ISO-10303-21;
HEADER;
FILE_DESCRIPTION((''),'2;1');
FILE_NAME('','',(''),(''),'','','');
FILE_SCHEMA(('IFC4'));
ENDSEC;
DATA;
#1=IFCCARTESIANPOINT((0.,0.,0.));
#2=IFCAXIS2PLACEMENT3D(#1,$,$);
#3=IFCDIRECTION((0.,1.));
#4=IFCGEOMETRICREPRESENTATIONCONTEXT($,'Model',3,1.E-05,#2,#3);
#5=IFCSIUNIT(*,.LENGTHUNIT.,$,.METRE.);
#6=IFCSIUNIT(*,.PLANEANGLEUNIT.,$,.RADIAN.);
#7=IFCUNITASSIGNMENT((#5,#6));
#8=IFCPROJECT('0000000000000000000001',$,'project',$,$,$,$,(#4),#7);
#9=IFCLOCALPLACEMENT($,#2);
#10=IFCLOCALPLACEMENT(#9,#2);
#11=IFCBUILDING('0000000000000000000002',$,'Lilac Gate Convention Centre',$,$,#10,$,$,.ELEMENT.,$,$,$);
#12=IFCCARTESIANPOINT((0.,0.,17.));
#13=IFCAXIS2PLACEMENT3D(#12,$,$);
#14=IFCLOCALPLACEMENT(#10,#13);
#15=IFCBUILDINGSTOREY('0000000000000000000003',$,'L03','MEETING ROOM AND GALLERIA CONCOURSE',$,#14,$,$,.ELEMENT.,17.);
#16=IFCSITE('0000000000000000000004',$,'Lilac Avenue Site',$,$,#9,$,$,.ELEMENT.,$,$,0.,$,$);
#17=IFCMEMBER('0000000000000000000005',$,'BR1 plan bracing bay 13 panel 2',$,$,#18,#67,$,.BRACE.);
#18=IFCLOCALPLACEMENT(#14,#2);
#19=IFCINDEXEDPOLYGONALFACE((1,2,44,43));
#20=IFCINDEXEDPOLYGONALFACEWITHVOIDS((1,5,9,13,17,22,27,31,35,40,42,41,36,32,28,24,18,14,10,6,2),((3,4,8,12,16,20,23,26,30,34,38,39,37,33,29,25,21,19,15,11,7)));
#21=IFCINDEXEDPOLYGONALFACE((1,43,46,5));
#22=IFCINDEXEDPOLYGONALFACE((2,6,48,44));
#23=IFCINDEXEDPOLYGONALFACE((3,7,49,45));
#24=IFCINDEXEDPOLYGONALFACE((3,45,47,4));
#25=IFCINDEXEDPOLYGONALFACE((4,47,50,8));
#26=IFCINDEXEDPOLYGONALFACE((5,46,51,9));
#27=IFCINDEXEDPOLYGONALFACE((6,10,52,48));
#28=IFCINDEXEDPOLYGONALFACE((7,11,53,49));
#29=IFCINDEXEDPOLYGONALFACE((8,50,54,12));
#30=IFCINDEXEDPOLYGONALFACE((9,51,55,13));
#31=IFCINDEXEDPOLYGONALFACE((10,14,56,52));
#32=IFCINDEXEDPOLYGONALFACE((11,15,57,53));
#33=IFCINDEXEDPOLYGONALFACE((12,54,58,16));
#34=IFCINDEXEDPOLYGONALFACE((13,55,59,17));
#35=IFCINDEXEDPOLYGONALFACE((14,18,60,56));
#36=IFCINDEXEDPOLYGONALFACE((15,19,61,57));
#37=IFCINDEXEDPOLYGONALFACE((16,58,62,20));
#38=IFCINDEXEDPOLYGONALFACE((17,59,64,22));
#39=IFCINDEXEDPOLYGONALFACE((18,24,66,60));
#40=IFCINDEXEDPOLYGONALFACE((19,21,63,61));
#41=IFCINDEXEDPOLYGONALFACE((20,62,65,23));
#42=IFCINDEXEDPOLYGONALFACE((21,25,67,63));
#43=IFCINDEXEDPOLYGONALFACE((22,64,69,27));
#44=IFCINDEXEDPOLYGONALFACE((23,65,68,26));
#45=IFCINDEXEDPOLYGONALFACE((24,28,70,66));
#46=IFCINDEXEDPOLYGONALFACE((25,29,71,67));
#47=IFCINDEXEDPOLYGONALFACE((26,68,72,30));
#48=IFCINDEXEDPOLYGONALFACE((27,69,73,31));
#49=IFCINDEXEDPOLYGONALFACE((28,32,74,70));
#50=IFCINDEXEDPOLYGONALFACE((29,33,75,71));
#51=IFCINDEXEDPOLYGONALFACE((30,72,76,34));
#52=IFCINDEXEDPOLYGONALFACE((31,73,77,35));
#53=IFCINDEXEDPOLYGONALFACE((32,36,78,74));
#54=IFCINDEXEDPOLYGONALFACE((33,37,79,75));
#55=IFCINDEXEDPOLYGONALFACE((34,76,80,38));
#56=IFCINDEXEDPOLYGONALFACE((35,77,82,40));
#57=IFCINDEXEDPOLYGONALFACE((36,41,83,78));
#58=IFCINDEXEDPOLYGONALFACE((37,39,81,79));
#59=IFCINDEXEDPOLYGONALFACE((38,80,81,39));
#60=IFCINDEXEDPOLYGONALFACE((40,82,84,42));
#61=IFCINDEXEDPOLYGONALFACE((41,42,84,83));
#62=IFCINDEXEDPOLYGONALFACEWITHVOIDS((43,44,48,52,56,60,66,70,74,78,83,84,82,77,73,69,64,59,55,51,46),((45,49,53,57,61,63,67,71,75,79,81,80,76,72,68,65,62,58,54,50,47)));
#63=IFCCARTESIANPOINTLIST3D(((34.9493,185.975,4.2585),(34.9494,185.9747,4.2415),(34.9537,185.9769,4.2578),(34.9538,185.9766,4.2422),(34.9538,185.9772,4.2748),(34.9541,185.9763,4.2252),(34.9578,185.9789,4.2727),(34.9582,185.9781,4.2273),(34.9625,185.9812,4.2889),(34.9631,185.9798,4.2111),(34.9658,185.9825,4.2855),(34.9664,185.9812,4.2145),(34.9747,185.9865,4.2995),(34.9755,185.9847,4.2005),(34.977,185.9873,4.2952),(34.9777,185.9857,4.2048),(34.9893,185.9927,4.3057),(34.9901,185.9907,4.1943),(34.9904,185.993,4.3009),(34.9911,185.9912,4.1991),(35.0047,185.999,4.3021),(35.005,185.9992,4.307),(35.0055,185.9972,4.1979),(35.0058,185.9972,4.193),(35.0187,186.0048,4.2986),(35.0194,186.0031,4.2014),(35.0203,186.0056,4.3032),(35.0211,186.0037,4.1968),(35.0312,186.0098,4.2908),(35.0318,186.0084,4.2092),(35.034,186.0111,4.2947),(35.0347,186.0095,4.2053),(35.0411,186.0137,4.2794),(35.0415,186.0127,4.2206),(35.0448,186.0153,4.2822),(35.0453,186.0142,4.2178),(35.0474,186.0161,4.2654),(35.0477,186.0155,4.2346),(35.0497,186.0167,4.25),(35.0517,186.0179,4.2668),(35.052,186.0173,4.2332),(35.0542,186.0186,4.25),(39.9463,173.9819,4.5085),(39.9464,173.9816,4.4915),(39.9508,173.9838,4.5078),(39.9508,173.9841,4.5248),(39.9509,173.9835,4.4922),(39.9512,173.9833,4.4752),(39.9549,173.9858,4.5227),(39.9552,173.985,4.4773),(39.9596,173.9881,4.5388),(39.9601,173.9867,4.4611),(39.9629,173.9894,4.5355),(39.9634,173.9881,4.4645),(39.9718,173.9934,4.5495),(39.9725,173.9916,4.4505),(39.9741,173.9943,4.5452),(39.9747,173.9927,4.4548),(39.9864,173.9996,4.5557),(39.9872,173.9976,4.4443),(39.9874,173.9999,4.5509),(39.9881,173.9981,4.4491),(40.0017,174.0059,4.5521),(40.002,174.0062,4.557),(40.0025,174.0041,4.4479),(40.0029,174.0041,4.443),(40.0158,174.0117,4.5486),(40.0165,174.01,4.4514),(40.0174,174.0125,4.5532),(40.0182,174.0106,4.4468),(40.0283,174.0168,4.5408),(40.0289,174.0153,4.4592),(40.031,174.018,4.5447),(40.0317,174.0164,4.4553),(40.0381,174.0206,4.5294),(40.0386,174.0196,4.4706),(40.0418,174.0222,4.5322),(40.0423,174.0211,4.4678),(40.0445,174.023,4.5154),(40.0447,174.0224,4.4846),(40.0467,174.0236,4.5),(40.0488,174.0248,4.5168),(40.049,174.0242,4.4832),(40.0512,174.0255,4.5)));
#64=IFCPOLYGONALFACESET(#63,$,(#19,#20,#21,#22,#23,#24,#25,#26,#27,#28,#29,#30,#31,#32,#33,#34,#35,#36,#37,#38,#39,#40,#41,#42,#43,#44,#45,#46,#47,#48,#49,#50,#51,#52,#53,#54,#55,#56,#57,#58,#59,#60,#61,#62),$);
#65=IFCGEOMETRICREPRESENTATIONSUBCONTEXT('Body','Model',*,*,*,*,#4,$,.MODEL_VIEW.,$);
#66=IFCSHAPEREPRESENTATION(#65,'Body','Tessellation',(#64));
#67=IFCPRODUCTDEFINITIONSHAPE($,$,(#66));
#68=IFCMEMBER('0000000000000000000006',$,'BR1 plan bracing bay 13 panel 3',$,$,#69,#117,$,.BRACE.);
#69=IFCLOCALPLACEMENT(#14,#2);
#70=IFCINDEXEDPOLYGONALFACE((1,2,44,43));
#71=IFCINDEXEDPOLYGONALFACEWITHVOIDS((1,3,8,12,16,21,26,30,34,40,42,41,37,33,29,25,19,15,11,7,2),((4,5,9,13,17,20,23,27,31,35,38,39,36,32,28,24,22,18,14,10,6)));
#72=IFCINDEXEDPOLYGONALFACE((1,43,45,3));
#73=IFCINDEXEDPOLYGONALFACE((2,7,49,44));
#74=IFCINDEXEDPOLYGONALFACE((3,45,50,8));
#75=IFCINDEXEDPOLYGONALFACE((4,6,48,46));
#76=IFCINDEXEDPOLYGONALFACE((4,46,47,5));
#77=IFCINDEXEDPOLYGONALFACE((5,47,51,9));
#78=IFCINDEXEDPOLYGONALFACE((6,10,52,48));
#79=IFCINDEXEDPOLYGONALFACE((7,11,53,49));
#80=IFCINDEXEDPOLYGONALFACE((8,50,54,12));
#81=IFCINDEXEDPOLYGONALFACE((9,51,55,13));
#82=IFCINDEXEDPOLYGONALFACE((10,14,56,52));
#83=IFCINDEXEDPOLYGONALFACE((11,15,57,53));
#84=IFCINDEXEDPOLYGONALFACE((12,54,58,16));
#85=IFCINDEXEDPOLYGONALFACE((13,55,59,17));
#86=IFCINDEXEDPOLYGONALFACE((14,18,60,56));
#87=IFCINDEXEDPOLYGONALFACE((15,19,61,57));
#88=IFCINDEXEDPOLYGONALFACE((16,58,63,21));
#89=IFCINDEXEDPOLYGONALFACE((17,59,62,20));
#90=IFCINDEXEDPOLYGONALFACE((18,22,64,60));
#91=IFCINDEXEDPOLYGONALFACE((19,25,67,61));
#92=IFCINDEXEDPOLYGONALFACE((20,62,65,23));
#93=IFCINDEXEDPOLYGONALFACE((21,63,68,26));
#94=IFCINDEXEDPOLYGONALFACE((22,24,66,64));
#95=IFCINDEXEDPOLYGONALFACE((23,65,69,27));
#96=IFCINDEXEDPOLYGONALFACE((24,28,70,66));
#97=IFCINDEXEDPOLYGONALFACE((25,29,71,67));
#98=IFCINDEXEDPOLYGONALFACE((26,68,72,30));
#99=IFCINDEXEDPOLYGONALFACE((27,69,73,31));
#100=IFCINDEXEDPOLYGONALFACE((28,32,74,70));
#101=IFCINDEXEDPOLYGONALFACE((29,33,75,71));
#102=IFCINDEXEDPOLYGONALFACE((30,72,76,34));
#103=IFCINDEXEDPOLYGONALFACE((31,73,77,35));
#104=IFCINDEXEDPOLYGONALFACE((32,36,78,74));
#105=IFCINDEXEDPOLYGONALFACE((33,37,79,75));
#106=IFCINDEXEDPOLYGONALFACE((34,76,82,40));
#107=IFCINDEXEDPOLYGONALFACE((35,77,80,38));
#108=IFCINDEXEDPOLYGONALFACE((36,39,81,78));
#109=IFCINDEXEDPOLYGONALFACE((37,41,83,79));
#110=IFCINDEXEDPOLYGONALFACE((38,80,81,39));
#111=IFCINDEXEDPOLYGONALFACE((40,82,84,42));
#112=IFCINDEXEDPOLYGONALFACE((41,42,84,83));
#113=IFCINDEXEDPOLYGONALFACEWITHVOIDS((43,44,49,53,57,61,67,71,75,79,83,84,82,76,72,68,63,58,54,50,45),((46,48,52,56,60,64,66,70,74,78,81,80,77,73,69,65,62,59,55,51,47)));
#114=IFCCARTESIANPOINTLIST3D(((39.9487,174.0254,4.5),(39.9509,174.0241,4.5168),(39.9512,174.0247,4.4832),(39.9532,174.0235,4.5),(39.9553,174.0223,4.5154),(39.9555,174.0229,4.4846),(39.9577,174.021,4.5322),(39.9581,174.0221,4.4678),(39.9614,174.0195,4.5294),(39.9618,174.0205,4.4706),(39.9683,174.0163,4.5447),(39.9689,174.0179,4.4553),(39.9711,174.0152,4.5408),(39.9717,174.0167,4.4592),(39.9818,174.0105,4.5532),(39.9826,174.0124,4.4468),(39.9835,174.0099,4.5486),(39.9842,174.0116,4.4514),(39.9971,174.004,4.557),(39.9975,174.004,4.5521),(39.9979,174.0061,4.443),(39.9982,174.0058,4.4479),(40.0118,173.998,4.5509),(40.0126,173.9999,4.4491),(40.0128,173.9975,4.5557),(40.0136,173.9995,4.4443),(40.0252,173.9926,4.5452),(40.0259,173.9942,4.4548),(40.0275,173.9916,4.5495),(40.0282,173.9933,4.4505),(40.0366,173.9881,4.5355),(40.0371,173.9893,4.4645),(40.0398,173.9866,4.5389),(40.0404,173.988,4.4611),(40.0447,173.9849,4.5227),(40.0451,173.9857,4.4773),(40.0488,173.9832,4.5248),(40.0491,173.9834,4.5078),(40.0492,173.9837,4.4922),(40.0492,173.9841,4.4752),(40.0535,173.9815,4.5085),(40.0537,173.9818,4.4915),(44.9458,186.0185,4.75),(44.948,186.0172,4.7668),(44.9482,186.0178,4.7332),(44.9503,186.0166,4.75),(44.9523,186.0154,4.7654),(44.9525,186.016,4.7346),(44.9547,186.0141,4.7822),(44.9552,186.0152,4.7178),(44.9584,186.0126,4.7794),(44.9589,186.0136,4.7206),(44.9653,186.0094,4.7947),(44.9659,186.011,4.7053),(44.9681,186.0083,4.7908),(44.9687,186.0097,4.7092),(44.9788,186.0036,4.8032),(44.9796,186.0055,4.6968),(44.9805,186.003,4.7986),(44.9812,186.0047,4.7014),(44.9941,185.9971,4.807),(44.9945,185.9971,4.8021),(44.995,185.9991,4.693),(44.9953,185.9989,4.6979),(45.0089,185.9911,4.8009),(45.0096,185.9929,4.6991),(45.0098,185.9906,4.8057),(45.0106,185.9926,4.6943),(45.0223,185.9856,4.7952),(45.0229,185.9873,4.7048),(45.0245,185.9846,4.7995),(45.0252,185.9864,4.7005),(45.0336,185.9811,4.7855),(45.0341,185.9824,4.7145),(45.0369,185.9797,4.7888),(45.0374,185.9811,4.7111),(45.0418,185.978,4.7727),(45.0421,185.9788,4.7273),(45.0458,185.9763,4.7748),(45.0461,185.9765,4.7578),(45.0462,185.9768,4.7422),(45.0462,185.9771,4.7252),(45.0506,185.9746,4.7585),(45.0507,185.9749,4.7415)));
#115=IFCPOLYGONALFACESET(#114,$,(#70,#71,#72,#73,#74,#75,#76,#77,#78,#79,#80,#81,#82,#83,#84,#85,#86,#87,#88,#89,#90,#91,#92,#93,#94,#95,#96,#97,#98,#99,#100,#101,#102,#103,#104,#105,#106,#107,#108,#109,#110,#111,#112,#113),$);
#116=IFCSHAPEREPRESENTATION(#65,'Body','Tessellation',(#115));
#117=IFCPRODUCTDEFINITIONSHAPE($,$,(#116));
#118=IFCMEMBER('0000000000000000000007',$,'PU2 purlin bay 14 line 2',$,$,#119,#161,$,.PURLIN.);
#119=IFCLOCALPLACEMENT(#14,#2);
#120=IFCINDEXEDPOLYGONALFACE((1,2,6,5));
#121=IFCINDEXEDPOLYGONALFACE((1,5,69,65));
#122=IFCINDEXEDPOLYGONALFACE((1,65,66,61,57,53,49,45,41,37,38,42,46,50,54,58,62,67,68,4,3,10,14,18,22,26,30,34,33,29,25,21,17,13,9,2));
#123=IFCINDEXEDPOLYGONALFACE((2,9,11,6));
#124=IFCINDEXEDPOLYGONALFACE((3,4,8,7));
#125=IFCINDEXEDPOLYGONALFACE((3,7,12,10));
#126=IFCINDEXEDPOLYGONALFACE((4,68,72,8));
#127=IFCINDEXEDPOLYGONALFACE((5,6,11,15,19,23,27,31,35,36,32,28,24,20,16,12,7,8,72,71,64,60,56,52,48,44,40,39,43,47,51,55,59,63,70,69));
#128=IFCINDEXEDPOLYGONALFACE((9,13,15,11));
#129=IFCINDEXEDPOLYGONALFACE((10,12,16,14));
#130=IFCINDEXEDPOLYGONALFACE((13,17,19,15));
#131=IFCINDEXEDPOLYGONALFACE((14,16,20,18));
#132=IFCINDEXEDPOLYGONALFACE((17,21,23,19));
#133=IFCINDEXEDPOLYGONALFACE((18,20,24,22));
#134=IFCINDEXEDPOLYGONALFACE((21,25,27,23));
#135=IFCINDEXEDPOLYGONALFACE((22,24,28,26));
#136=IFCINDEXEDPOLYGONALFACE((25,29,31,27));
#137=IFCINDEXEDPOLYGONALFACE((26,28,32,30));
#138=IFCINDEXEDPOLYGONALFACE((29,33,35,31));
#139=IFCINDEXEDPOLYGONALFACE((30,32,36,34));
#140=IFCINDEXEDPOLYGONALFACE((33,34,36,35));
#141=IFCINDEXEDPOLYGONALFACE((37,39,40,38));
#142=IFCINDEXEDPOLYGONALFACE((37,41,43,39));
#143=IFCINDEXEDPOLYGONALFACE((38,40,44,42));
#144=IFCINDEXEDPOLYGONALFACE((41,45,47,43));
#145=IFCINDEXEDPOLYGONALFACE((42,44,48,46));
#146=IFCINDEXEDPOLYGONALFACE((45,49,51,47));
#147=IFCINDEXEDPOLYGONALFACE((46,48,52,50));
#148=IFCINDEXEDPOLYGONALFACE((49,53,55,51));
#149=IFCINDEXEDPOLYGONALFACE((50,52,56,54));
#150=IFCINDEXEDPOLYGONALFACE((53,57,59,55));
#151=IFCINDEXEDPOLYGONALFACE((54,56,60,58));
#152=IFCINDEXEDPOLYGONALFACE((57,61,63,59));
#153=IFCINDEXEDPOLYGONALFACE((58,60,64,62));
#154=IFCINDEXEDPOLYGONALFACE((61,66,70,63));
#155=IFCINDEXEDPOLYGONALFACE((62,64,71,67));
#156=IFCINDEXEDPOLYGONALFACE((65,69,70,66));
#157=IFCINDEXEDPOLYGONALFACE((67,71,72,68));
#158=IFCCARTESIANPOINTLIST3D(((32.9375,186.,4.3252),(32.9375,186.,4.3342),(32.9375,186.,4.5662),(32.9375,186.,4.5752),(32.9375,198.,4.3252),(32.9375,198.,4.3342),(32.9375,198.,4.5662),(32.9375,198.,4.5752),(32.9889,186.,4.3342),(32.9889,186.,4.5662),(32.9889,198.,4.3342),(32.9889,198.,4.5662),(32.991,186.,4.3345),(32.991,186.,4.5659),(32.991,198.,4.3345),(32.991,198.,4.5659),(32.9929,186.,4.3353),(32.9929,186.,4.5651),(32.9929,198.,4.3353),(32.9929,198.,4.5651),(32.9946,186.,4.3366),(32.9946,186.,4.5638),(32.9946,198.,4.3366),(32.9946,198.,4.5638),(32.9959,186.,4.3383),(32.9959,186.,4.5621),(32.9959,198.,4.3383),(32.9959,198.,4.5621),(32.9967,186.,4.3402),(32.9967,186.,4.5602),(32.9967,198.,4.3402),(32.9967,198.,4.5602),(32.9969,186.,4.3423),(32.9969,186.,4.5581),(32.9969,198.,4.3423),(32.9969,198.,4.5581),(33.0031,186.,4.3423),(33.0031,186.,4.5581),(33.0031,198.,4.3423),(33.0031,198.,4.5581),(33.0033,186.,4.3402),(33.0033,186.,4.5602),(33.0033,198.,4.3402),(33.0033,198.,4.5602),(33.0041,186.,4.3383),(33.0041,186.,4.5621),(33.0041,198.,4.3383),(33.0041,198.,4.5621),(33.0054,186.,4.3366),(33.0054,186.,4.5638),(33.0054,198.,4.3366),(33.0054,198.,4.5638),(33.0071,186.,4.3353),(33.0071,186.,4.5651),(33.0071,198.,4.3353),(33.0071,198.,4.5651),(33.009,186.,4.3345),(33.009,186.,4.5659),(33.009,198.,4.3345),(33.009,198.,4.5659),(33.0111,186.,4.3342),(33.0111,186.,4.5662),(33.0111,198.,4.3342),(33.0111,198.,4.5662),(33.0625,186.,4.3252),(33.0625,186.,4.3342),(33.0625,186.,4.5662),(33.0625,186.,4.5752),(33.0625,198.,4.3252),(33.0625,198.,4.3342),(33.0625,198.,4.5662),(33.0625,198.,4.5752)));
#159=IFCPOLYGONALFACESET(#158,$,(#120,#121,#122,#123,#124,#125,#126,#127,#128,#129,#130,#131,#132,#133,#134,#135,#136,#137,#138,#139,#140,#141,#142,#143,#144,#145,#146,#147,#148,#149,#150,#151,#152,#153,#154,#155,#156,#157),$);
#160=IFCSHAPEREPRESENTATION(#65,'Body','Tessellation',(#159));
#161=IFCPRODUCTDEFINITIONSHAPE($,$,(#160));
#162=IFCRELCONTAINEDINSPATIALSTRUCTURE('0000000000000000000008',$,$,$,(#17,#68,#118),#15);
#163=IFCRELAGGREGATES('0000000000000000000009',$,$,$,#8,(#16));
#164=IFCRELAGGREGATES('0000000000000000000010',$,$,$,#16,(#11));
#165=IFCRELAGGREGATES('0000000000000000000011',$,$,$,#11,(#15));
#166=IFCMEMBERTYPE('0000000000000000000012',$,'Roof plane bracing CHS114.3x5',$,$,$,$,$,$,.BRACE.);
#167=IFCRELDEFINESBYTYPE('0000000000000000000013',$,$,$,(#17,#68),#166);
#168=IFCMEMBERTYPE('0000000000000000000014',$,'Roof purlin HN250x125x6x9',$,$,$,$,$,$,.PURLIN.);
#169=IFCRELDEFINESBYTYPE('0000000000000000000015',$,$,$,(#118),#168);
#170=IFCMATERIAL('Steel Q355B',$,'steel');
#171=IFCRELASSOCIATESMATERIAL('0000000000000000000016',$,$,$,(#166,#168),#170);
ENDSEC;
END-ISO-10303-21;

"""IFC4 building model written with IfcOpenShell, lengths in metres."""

from ifc_helpers import new_model, si_unit, direction, frame, origin, origin_2d, place, context, subcontext, project, spatial, hollow_circle, i_section, extrude, material, material_profile, profile_set, type_object, element, save


model = new_model("IFC4")

# Units and contexts
model_context = context("Model", 3, precision=1e-05, world=origin(), true_north=direction((0.0, 1.0)))
body_context = subcontext(model_context, "Body", "Model", "MODEL_VIEW")
ifc_project = project(units=[si_unit("LENGTHUNIT", "METRE"), si_unit("PLANEANGLEUNIT", "RADIAN")], contexts=[model_context])

# Site, building, storey
site_placement = place(None, origin())
site = spatial("IfcSite", under=ifc_project, at=site_placement, Name="Lilac Avenue Site", CompositionType="ELEMENT", RefElevation=0.0)
building_placement = place(site_placement, origin())
building = spatial("IfcBuilding", under=site, at=building_placement, Name="Lilac Gate Convention Centre", CompositionType="ELEMENT")
storey_placement = place(building_placement, frame((0.0, 0.0, 17.0)))
storey = spatial("IfcBuildingStorey", under=building, at=storey_placement, Name="L03", Description="MEETING ROOM AND GALLERIA CONCOURSE", CompositionType="ELEMENT", Elevation=17.0)

# Members
ifc_material = material(Name="Steel Q355B", Category="steel")
ifc_material_profile_1 = material_profile(ifc_material, hollow_circle(Radius=0.0571, WallThickness=0.0049, at=origin_2d()), Name="CHS114.3x5")
ifc_profile_set_1 = profile_set([ifc_material_profile_1], Name="Steel Q355B")
member_type_1 = type_object("IfcMemberType", Name="Roof plane bracing CHS114.3x5", PredefinedType="BRACE", material=ifc_profile_set_1)
for number, where, z_axis, x_axis, name in (
    (1, (35.0015, 185.9966, 4.25), (0.384539, -0.922908, 0.019238), (0.923079, 0.38461, 0.0), "BR1 plan bracing bay 13 panel 2"),
    (2, (40.0015, 174.0034, 4.5), (0.384539, 0.922908, 0.019238), (-0.923079, 0.38461, 0.0), "BR1 plan bracing bay 13 panel 3"),
):
    element("IfcMember", number, at=place(storey_placement, frame(where, z_axis=z_axis, x_axis=x_axis)), inside=storey, type_object=member_type_1, Name=name, PredefinedType="BRACE", context=body_context, shape_type="SweptSolid", body=[
        extrude(hollow_circle(Radius=0.0571, WallThickness=0.0049, at=origin_2d()), origin(), (0.0, 0.0, 1.0), 12.9949),
    ])
ifc_material_profile_2 = material_profile(ifc_material, i_section(OverallWidth=0.125, OverallDepth=0.25, WebThickness=0.0061, FlangeThickness=0.009, FilletRadius=0.0081, at=origin_2d()), Name="HN250x125x6x9")
ifc_profile_set_2 = profile_set([ifc_material_profile_2], Name="Steel Q355B")
member_type_2 = type_object("IfcMemberType", Name="Roof purlin HN250x125x6x9", PredefinedType="PURLIN", material=ifc_profile_set_2)
member_1_placement = place(storey_placement, frame((33.0, 186.0, 4.4502), z_axis=(0.0, 1.0, 0.0), x_axis=(-1.0, 0.0, 0.0)))
element("IfcMember", 3, at=member_1_placement, inside=storey, type_object=member_type_2, Name="PU2 purlin bay 14 line 2", PredefinedType="PURLIN", context=body_context, shape_type="SweptSolid", body=[
    extrude(i_section(OverallWidth=0.125, OverallDepth=0.25, WebThickness=0.0061, FlangeThickness=0.009, FilletRadius=0.0081, at=origin_2d()), origin(), (0.0, 0.0, 1.0), 12.0),
])

save(model, "model.ifc")
